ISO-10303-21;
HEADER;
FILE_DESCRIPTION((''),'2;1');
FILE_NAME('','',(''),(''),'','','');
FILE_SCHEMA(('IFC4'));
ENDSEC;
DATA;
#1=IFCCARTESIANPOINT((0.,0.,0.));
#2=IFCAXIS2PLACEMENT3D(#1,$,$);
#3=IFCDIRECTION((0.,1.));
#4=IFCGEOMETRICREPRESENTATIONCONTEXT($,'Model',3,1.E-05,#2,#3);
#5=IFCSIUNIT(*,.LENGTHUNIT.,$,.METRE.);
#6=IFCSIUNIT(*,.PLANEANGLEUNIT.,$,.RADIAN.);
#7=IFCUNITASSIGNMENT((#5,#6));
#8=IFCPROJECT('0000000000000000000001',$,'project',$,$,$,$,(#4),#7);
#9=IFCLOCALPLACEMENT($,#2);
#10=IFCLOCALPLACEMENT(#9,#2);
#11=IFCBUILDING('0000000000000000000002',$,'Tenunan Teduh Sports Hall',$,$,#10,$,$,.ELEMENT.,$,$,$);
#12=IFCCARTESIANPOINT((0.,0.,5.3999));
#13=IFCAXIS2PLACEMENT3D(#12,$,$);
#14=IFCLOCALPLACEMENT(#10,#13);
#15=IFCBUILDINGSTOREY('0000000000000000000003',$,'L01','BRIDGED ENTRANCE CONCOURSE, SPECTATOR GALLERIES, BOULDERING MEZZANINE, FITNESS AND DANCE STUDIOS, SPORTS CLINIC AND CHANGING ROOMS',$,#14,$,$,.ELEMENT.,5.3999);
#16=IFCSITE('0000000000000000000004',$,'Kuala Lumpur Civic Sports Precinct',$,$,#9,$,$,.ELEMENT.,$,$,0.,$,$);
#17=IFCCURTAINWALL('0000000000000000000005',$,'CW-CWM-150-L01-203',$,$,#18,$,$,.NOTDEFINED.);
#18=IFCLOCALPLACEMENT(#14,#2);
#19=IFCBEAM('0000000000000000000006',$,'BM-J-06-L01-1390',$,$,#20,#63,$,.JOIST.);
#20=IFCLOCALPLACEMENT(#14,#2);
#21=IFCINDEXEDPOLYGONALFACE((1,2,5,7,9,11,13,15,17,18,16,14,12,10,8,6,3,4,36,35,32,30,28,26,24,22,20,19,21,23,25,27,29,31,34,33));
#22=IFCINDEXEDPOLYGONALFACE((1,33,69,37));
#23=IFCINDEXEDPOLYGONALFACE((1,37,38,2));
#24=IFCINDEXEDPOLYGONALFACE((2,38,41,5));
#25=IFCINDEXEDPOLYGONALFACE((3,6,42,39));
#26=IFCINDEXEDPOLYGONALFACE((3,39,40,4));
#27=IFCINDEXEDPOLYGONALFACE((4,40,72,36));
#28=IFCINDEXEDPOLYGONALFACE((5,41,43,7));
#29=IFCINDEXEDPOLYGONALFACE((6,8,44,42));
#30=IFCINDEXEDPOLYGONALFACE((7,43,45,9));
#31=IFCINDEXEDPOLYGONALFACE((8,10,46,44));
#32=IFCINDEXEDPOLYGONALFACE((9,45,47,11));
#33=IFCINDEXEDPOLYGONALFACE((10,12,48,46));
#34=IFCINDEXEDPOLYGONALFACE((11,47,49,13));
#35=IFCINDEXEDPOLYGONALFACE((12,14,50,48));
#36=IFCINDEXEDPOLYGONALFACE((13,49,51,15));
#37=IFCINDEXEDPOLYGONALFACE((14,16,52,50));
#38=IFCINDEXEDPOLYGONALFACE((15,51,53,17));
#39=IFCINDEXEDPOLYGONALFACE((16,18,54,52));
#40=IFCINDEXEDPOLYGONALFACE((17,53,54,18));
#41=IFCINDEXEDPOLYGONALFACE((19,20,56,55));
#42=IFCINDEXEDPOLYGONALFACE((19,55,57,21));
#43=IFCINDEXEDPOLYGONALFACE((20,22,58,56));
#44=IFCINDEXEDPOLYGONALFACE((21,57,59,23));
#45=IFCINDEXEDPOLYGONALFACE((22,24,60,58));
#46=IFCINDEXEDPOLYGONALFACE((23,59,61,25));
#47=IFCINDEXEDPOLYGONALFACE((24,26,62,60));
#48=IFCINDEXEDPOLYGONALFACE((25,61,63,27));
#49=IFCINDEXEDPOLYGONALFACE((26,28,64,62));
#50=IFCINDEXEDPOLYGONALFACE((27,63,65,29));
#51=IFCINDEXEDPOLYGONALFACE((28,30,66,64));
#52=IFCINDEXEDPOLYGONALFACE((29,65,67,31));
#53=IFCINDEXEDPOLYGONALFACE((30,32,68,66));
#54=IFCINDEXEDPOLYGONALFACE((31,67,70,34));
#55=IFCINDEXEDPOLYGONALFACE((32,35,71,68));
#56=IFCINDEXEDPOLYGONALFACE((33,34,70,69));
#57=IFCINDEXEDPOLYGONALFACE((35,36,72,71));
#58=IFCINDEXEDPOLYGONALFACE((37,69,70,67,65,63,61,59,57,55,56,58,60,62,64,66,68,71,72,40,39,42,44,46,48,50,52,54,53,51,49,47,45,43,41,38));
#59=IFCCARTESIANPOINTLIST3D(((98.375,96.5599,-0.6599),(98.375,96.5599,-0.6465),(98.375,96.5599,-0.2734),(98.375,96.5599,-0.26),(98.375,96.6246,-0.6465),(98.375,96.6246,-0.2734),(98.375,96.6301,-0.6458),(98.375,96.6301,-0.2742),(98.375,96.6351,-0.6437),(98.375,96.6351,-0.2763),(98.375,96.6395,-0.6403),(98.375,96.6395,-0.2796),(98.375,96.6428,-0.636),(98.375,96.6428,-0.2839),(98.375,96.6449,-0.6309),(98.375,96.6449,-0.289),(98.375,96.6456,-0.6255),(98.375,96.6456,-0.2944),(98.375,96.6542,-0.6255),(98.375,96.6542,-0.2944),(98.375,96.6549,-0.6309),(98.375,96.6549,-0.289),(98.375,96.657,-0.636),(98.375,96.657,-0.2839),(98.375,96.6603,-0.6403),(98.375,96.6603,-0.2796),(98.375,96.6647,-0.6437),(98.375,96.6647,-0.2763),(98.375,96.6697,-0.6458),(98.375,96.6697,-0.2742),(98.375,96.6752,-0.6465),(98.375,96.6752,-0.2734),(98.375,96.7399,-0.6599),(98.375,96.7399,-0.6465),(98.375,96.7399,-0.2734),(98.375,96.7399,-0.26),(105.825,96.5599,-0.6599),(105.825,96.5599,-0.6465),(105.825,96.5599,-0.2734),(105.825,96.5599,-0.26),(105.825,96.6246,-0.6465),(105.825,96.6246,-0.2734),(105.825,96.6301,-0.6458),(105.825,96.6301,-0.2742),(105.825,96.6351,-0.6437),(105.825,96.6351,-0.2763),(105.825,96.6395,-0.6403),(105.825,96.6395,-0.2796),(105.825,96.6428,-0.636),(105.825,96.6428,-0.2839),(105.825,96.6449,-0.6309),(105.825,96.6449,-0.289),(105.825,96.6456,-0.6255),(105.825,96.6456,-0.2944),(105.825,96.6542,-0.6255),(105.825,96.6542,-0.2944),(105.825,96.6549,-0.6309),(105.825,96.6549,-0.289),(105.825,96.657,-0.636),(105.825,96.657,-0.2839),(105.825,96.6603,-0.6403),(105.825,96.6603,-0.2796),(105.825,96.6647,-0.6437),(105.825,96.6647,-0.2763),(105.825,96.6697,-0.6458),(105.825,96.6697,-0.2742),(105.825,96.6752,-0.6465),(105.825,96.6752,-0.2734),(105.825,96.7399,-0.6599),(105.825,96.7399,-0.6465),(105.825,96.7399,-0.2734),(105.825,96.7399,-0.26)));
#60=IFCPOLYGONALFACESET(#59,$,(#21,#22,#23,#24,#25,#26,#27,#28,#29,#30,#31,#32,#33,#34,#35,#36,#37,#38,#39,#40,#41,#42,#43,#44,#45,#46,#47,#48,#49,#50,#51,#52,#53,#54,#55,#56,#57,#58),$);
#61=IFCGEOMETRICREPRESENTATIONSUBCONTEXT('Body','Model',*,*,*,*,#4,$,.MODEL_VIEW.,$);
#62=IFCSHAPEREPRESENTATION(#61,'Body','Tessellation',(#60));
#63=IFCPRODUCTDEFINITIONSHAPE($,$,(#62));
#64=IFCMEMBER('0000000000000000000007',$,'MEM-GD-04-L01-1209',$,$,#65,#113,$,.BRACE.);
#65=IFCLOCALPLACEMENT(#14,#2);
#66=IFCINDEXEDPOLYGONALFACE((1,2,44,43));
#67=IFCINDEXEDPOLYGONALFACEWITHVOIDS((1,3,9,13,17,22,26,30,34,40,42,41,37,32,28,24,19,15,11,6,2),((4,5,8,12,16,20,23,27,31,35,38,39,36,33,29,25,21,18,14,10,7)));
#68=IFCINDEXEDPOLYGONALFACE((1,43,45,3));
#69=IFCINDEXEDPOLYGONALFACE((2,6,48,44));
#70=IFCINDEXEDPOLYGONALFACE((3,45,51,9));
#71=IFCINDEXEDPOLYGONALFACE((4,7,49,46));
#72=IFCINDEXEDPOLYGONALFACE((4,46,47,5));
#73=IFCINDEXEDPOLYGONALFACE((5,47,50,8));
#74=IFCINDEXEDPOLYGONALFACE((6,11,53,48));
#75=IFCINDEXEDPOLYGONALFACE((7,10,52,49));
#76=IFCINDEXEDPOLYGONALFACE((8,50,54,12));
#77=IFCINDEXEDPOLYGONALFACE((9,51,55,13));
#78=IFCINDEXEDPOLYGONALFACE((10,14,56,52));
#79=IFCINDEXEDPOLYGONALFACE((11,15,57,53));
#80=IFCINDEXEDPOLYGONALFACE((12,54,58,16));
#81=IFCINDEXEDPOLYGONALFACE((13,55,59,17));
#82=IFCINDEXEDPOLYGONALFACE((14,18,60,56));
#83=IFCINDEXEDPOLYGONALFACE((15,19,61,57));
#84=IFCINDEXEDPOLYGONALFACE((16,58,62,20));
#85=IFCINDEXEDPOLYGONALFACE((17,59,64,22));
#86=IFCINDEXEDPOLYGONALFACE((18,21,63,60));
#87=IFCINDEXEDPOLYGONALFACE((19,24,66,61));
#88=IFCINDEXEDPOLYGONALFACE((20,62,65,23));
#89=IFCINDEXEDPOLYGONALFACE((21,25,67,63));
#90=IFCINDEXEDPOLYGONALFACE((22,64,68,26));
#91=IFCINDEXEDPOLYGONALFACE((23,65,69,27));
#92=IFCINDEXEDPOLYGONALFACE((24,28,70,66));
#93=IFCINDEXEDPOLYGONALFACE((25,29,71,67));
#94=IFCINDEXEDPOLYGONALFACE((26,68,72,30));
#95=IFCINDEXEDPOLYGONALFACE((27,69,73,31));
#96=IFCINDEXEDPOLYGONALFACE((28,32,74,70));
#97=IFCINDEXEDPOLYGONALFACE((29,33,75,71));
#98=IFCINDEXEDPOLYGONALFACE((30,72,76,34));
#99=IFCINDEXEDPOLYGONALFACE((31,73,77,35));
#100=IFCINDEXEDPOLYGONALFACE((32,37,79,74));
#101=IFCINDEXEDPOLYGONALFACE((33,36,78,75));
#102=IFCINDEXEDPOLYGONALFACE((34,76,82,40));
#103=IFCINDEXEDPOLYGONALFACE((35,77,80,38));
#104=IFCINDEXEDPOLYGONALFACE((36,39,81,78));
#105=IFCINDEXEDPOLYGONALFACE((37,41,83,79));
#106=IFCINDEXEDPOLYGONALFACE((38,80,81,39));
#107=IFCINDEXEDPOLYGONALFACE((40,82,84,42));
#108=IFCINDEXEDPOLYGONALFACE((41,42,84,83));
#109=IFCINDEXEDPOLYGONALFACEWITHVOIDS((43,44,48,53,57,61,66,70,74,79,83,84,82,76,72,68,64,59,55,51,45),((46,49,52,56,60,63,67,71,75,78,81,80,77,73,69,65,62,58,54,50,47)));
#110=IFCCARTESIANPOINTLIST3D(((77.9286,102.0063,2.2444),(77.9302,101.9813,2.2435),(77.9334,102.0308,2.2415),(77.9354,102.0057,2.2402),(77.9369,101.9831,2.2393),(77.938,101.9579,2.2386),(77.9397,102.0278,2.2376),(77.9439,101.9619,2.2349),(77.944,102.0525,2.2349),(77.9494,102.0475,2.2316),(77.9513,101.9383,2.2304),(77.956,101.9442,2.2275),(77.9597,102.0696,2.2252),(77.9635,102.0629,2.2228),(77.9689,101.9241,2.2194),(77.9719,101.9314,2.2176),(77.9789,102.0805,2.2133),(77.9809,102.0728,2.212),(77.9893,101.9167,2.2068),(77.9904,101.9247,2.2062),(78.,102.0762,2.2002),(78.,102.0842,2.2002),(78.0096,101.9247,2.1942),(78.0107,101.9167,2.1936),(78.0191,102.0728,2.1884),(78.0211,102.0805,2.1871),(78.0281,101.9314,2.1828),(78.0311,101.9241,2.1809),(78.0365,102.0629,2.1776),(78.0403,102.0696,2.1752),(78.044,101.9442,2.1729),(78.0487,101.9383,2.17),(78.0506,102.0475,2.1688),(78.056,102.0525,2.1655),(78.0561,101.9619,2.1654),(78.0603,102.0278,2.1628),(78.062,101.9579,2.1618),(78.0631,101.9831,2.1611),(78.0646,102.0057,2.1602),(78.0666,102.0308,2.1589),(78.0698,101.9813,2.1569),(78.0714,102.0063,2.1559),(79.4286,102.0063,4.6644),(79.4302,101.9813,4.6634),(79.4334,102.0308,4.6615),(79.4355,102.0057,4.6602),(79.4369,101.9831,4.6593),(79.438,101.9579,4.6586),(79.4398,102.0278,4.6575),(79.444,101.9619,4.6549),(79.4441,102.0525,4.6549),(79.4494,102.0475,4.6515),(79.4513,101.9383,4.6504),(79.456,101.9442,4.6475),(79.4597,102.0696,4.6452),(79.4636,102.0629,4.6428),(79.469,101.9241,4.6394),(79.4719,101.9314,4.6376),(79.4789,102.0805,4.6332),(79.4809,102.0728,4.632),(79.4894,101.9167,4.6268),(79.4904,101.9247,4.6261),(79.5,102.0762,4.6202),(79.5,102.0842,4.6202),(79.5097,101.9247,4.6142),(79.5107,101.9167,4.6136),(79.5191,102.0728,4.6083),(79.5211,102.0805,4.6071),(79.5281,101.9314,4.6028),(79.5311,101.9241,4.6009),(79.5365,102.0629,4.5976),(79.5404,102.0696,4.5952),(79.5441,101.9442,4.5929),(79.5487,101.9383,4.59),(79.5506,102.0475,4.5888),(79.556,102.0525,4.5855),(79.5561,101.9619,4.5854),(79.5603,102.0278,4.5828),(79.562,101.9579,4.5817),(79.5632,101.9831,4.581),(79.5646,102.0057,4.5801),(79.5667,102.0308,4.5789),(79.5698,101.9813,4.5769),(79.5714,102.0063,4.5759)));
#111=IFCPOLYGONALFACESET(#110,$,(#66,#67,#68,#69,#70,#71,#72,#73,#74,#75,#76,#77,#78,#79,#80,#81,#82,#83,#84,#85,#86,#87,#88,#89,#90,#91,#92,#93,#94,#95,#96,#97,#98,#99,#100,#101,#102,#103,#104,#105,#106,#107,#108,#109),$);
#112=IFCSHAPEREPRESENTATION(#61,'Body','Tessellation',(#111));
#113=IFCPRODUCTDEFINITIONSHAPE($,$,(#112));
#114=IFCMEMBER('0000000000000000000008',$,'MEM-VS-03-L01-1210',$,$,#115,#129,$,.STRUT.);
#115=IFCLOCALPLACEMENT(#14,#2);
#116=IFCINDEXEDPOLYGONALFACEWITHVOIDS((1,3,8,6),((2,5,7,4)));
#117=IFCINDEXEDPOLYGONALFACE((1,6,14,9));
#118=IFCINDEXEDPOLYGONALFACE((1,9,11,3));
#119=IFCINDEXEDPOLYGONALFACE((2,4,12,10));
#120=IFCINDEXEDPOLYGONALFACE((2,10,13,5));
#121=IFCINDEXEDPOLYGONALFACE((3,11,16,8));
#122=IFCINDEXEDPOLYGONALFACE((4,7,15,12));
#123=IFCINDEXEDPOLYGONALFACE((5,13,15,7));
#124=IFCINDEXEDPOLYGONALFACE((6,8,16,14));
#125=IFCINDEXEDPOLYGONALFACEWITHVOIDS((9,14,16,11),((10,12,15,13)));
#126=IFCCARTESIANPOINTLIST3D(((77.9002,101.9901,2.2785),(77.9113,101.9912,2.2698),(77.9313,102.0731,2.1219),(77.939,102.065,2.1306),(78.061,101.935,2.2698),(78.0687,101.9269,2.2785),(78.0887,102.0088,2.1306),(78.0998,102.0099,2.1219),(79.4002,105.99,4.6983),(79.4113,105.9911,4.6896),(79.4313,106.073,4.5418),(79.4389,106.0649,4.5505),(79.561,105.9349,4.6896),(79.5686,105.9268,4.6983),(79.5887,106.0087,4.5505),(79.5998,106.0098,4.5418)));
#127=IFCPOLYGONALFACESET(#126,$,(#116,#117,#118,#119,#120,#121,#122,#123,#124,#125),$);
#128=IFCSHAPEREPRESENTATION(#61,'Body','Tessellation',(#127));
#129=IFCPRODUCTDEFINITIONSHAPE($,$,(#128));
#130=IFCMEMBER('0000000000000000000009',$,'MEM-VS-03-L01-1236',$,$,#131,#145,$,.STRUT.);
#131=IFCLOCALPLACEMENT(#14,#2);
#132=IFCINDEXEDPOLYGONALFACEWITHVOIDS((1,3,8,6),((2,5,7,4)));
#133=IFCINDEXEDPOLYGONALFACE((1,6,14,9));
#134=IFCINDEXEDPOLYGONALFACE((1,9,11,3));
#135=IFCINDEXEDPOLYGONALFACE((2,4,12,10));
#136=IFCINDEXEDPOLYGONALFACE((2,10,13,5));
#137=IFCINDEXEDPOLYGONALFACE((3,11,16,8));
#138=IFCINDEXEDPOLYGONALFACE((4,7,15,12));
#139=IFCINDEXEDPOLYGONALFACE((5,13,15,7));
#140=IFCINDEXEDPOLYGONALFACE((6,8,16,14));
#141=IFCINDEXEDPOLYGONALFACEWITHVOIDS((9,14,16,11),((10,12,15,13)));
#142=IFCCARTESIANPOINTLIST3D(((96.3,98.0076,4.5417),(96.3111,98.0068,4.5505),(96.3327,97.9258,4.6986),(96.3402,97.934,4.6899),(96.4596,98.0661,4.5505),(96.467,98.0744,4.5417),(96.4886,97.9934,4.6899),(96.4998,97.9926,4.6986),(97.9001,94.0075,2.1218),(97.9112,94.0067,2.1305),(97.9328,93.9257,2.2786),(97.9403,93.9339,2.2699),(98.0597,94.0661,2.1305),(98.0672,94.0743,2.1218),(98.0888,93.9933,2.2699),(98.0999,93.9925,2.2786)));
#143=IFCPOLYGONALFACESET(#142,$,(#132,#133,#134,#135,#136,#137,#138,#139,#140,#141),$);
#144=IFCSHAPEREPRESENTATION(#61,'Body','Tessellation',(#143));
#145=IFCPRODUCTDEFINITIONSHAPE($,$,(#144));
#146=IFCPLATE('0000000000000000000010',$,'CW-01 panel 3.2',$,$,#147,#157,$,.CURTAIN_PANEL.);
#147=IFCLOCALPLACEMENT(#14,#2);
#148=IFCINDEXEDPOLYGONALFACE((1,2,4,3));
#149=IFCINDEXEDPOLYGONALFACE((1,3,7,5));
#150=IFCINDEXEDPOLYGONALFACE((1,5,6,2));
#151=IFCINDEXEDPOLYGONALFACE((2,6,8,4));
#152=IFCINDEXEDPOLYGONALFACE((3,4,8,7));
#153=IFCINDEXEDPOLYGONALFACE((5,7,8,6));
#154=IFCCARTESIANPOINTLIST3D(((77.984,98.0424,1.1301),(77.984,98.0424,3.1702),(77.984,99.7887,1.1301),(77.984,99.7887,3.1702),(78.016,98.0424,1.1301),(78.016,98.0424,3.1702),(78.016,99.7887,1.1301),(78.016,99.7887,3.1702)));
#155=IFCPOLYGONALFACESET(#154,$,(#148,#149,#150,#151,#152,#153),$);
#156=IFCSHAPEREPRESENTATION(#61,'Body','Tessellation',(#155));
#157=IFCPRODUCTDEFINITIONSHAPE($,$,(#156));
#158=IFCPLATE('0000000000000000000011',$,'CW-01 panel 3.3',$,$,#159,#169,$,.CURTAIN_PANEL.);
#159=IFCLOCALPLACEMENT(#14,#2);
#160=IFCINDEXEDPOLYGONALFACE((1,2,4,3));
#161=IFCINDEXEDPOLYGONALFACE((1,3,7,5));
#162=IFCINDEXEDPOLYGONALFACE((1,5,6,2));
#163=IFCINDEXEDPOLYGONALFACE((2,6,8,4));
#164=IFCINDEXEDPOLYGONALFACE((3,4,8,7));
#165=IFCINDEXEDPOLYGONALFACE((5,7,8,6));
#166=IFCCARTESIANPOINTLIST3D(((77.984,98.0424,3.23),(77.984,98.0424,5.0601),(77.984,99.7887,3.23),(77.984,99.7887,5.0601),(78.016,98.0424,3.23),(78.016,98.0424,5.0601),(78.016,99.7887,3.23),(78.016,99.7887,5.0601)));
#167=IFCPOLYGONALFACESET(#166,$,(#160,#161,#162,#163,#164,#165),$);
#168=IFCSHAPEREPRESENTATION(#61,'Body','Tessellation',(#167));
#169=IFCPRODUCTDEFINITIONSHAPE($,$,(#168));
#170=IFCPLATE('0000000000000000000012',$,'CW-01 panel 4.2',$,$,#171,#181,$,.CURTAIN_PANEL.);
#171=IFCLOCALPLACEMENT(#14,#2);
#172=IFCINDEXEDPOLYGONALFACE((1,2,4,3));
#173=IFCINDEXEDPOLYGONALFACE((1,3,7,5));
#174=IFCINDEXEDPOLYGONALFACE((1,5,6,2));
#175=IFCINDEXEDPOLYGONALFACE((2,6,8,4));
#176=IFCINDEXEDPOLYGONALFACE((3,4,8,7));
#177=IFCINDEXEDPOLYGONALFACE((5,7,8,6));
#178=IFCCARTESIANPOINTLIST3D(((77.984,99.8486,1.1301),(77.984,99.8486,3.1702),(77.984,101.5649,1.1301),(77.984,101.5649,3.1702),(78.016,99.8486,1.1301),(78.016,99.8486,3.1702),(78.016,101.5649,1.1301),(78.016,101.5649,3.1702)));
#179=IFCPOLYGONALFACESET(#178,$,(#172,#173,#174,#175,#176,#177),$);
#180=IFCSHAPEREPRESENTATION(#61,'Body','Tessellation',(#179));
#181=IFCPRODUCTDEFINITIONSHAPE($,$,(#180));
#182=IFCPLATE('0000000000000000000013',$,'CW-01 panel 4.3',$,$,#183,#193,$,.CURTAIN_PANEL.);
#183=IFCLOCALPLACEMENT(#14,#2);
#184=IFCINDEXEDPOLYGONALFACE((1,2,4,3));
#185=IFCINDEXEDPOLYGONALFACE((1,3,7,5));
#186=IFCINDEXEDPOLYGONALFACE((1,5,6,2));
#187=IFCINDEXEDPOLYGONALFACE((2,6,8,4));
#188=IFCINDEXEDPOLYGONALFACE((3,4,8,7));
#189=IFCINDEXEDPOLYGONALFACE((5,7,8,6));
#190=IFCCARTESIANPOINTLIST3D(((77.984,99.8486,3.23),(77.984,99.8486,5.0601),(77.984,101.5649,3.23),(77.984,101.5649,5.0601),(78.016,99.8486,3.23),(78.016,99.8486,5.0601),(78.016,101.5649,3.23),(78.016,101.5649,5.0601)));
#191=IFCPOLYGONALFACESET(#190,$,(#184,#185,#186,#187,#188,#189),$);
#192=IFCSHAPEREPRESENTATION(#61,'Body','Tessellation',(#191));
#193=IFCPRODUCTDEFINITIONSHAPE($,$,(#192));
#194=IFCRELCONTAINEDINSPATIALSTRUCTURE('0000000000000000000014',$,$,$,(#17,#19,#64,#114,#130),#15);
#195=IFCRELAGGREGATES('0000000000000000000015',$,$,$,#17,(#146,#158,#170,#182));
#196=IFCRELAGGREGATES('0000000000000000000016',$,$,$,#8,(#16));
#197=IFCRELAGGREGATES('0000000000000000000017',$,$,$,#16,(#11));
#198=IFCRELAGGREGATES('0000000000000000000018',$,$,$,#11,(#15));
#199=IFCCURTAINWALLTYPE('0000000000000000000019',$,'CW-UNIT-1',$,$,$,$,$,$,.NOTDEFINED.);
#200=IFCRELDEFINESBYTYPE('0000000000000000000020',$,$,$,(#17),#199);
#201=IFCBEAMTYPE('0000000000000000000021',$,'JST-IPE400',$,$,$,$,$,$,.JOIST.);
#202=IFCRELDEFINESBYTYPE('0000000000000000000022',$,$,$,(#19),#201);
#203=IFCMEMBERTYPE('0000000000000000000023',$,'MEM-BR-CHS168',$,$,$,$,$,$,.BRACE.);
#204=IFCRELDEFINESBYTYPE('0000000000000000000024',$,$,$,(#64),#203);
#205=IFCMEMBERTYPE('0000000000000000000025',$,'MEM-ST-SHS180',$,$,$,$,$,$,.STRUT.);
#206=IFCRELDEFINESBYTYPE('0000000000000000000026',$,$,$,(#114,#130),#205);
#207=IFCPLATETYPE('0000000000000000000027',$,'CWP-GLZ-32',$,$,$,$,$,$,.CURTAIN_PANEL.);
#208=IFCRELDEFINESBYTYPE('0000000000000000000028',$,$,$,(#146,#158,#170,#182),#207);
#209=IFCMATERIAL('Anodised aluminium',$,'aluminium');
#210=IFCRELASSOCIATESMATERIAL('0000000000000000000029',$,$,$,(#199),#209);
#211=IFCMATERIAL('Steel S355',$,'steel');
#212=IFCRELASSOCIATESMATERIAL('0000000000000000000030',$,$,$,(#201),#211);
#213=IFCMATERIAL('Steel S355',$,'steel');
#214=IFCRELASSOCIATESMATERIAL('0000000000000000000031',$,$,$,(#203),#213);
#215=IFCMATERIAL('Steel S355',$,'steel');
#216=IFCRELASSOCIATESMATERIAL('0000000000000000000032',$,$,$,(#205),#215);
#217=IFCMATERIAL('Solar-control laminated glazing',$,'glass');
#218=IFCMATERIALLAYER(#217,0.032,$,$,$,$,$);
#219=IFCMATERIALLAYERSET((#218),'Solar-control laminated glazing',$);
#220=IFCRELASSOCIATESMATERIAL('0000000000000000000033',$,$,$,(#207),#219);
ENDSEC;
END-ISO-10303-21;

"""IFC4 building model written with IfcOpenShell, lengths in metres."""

from ifc_helpers import new_model, si_unit, direction, frame, origin, origin_2d, place, context, subcontext, project, spatial, rectangle, hollow_rectangle, hollow_circle, i_section, extrude, material, layer, layer_set, material_profile, profile_set, type_object, element, aggregate, save


model = new_model("IFC4")

# Units and contexts
model_context = context("Model", 3, precision=1e-05, world=origin(), true_north=direction((0.0, 1.0)))
body_context = subcontext(model_context, "Body", "Model", "MODEL_VIEW")
ifc_project = project(units=[si_unit("LENGTHUNIT", "METRE"), si_unit("PLANEANGLEUNIT", "RADIAN")], contexts=[model_context])

# Site, building, storey
site_placement = place(None, origin())
site = spatial("IfcSite", under=ifc_project, at=site_placement, Name="Kuala Lumpur Civic Sports Precinct", CompositionType="ELEMENT", RefElevation=0.0)
building_placement = place(site_placement, origin())
building = spatial("IfcBuilding", under=site, at=building_placement, Name="Tenunan Teduh Sports Hall", CompositionType="ELEMENT")
storey_placement = place(building_placement, frame((0.0, 0.0, 5.3999)))
storey = spatial("IfcBuildingStorey", under=building, at=storey_placement, Name="L01", Description="BRIDGED ENTRANCE CONCOURSE, SPECTATOR GALLERIES, BOULDERING MEZZANINE, FITNESS AND DANCE STUDIOS, SPORTS CLINIC AND CHANGING ROOMS", CompositionType="ELEMENT", Elevation=5.3999)

# Curtain wall
ifc_material_1 = material(Name="Anodised aluminium", Category="aluminium")
curtain_wall_type = type_object("IfcCurtainWallType", Name="CW-UNIT-1", PredefinedType="NOTDEFINED", material=ifc_material_1)
curtain_wall_1_placement = place(storey_placement, origin())
curtain_wall_1 = element("IfcCurtainWall", 1, at=curtain_wall_1_placement, inside=storey, type_object=curtain_wall_type, Name="CW-CWM-150-L01-203", PredefinedType="NOTDEFINED")

# Beam
ifc_material_2 = material(Name="Steel S355", Category="steel")
ifc_material_profile_1 = material_profile(ifc_material_2, i_section(OverallWidth=0.1799, OverallDepth=0.3999, WebThickness=0.0085, FlangeThickness=0.0134, FilletRadius=0.021, at=origin_2d()), Name="IPE 400")
ifc_profile_set_1 = profile_set([ifc_material_profile_1], Name="Steel S355")
beam_type_1 = type_object("IfcBeamType", Name="JST-IPE400", PredefinedType="JOIST", material=ifc_profile_set_1)
beam_1_placement = place(storey_placement, frame((98.375, 96.6499, -0.46), z_axis=(1.0, 0.0, 0.0), x_axis=(0.0, 1.0, 0.0)))
element("IfcBeam", 2, at=beam_1_placement, inside=storey, type_object=beam_type_1, Name="BM-J-06-L01-1390", PredefinedType="JOIST", context=body_context, shape_type="SweptSolid", body=[
    extrude(i_section(OverallWidth=0.1799, OverallDepth=0.3999, WebThickness=0.0085, FlangeThickness=0.0134, FilletRadius=0.021, at=origin_2d()), origin(), (0.0, 0.0, 1.0), 7.45),
])

# Members
ifc_material_3 = material(Name="Steel S355", Category="steel")
ifc_material_profile_2 = material_profile(ifc_material_3, hollow_circle(Radius=0.0842, WallThickness=0.0081, at=origin_2d()), Name="CHS 168.3x8.0")
ifc_profile_set_2 = profile_set([ifc_material_profile_2], Name="Steel S355")
member_type_1 = type_object("IfcMemberType", Name="MEM-BR-CHS168", PredefinedType="BRACE", material=ifc_profile_set_2)
member_1_placement = place(storey_placement, frame((78.0, 102.0, 2.2002), z_axis=(0.52685, 0.0, 0.849958), x_axis=(0.0, 1.0, 0.0)))
element("IfcMember", 3, at=member_1_placement, inside=storey, type_object=member_type_1, Name="MEM-GD-04-L01-1209", PredefinedType="BRACE", context=body_context, shape_type="SweptSolid", body=[
    extrude(hollow_circle(Radius=0.0842, WallThickness=0.0081, at=origin_2d()), origin(), (0.0, 0.0, 1.0), 2.8472),
])
ifc_material_4 = material(Name="Steel S355", Category="steel")
ifc_material_profile_3 = material_profile(ifc_material_4, hollow_rectangle(XDim=0.1799, YDim=0.1799, WallThickness=0.01, at=origin_2d()), Name="SHS 180x180x10.0")
ifc_profile_set_3 = profile_set([ifc_material_profile_3], Name="Steel S355")
member_type_2 = type_object("IfcMemberType", Name="MEM-ST-SHS180", PredefinedType="STRUT", material=ifc_profile_set_3)
member_2_placement = place(storey_placement, frame((78.0, 102.0, 2.2002), z_axis=(0.305512, 0.814699, 0.492877), x_axis=(-0.936329, 0.351123, 0.0)))
element("IfcMember", 4, at=member_2_placement, inside=storey, type_object=member_type_2, Name="MEM-VS-03-L01-1210", PredefinedType="STRUT", context=body_context, shape_type="SweptSolid", body=[
    extrude(hollow_rectangle(XDim=0.1799, YDim=0.1799, WallThickness=0.01, at=origin_2d()), origin(), (0.0, 0.0, 1.0), 4.9097),
])
member_3_placement = place(storey_placement, frame((98.0, 94.0, 2.2002), z_axis=(-0.323822, 0.809505, 0.489735), x_axis=(-0.928469, -0.37141, 0.0)))
element("IfcMember", 5, at=member_3_placement, inside=storey, type_object=member_type_2, Name="MEM-VS-03-L01-1236", PredefinedType="STRUT", context=body_context, shape_type="SweptSolid", body=[
    extrude(hollow_rectangle(XDim=0.1799, YDim=0.1799, WallThickness=0.01, at=origin_2d()), origin(), (0.0, 0.0, 1.0), 4.9414),
])

# Plates
ifc_material_5 = material(Name="Solar-control laminated glazing", Category="glass")
ifc_layer_1 = layer(ifc_material_5, 0.032)
ifc_layer_set_1 = layer_set([ifc_layer_1], Name="Solar-control laminated glazing")
plate_type_1 = type_object("IfcPlateType", Name="CWP-GLZ-32", PredefinedType="CURTAIN_PANEL", material=ifc_layer_set_1)
plate_1_placement = place(storey_placement, frame((78.0, 98.9155, 1.1301), z_axis=(0.0, 0.0, 1.0), x_axis=(0.0, 1.0, 0.0)))
plate_1 = element("IfcPlate", 6, at=plate_1_placement, type_object=plate_type_1, Name="CW-01 panel 3.2", PredefinedType="CURTAIN_PANEL", context=body_context, shape_type="SweptSolid", body=[
    extrude(rectangle(XDim=1.7463, YDim=0.032, at=origin_2d()), origin(), (0.0, 0.0, 1.0), 2.04),
])
plate_2_placement = place(storey_placement, frame((78.0, 98.9155, 3.23), z_axis=(0.0, 0.0, 1.0), x_axis=(0.0, 1.0, 0.0)))
plate_2 = element("IfcPlate", 7, at=plate_2_placement, type_object=plate_type_1, Name="CW-01 panel 3.3", PredefinedType="CURTAIN_PANEL", context=body_context, shape_type="SweptSolid", body=[
    extrude(rectangle(XDim=1.7463, YDim=0.032, at=origin_2d()), origin(), (0.0, 0.0, 1.0), 1.8301),
])
plate_3_placement = place(storey_placement, frame((78.0, 100.7068, 1.1301), z_axis=(0.0, 0.0, 1.0), x_axis=(0.0, 1.0, 0.0)))
plate_3 = element("IfcPlate", 8, at=plate_3_placement, type_object=plate_type_1, Name="CW-01 panel 4.2", PredefinedType="CURTAIN_PANEL", context=body_context, shape_type="SweptSolid", body=[
    extrude(rectangle(XDim=1.7163, YDim=0.032, at=origin_2d()), origin(), (0.0, 0.0, 1.0), 2.04),
])
plate_4_placement = place(storey_placement, frame((78.0, 100.7068, 3.23), z_axis=(0.0, 0.0, 1.0), x_axis=(0.0, 1.0, 0.0)))
plate_4 = element("IfcPlate", 9, at=plate_4_placement, type_object=plate_type_1, Name="CW-01 panel 4.3", PredefinedType="CURTAIN_PANEL", context=body_context, shape_type="SweptSolid", body=[
    extrude(rectangle(XDim=1.7163, YDim=0.032, at=origin_2d()), origin(), (0.0, 0.0, 1.0), 1.8301),
])
aggregate(curtain_wall_1, [plate_1, plate_2, plate_3, plate_4])

save(model, "model.ifc")
